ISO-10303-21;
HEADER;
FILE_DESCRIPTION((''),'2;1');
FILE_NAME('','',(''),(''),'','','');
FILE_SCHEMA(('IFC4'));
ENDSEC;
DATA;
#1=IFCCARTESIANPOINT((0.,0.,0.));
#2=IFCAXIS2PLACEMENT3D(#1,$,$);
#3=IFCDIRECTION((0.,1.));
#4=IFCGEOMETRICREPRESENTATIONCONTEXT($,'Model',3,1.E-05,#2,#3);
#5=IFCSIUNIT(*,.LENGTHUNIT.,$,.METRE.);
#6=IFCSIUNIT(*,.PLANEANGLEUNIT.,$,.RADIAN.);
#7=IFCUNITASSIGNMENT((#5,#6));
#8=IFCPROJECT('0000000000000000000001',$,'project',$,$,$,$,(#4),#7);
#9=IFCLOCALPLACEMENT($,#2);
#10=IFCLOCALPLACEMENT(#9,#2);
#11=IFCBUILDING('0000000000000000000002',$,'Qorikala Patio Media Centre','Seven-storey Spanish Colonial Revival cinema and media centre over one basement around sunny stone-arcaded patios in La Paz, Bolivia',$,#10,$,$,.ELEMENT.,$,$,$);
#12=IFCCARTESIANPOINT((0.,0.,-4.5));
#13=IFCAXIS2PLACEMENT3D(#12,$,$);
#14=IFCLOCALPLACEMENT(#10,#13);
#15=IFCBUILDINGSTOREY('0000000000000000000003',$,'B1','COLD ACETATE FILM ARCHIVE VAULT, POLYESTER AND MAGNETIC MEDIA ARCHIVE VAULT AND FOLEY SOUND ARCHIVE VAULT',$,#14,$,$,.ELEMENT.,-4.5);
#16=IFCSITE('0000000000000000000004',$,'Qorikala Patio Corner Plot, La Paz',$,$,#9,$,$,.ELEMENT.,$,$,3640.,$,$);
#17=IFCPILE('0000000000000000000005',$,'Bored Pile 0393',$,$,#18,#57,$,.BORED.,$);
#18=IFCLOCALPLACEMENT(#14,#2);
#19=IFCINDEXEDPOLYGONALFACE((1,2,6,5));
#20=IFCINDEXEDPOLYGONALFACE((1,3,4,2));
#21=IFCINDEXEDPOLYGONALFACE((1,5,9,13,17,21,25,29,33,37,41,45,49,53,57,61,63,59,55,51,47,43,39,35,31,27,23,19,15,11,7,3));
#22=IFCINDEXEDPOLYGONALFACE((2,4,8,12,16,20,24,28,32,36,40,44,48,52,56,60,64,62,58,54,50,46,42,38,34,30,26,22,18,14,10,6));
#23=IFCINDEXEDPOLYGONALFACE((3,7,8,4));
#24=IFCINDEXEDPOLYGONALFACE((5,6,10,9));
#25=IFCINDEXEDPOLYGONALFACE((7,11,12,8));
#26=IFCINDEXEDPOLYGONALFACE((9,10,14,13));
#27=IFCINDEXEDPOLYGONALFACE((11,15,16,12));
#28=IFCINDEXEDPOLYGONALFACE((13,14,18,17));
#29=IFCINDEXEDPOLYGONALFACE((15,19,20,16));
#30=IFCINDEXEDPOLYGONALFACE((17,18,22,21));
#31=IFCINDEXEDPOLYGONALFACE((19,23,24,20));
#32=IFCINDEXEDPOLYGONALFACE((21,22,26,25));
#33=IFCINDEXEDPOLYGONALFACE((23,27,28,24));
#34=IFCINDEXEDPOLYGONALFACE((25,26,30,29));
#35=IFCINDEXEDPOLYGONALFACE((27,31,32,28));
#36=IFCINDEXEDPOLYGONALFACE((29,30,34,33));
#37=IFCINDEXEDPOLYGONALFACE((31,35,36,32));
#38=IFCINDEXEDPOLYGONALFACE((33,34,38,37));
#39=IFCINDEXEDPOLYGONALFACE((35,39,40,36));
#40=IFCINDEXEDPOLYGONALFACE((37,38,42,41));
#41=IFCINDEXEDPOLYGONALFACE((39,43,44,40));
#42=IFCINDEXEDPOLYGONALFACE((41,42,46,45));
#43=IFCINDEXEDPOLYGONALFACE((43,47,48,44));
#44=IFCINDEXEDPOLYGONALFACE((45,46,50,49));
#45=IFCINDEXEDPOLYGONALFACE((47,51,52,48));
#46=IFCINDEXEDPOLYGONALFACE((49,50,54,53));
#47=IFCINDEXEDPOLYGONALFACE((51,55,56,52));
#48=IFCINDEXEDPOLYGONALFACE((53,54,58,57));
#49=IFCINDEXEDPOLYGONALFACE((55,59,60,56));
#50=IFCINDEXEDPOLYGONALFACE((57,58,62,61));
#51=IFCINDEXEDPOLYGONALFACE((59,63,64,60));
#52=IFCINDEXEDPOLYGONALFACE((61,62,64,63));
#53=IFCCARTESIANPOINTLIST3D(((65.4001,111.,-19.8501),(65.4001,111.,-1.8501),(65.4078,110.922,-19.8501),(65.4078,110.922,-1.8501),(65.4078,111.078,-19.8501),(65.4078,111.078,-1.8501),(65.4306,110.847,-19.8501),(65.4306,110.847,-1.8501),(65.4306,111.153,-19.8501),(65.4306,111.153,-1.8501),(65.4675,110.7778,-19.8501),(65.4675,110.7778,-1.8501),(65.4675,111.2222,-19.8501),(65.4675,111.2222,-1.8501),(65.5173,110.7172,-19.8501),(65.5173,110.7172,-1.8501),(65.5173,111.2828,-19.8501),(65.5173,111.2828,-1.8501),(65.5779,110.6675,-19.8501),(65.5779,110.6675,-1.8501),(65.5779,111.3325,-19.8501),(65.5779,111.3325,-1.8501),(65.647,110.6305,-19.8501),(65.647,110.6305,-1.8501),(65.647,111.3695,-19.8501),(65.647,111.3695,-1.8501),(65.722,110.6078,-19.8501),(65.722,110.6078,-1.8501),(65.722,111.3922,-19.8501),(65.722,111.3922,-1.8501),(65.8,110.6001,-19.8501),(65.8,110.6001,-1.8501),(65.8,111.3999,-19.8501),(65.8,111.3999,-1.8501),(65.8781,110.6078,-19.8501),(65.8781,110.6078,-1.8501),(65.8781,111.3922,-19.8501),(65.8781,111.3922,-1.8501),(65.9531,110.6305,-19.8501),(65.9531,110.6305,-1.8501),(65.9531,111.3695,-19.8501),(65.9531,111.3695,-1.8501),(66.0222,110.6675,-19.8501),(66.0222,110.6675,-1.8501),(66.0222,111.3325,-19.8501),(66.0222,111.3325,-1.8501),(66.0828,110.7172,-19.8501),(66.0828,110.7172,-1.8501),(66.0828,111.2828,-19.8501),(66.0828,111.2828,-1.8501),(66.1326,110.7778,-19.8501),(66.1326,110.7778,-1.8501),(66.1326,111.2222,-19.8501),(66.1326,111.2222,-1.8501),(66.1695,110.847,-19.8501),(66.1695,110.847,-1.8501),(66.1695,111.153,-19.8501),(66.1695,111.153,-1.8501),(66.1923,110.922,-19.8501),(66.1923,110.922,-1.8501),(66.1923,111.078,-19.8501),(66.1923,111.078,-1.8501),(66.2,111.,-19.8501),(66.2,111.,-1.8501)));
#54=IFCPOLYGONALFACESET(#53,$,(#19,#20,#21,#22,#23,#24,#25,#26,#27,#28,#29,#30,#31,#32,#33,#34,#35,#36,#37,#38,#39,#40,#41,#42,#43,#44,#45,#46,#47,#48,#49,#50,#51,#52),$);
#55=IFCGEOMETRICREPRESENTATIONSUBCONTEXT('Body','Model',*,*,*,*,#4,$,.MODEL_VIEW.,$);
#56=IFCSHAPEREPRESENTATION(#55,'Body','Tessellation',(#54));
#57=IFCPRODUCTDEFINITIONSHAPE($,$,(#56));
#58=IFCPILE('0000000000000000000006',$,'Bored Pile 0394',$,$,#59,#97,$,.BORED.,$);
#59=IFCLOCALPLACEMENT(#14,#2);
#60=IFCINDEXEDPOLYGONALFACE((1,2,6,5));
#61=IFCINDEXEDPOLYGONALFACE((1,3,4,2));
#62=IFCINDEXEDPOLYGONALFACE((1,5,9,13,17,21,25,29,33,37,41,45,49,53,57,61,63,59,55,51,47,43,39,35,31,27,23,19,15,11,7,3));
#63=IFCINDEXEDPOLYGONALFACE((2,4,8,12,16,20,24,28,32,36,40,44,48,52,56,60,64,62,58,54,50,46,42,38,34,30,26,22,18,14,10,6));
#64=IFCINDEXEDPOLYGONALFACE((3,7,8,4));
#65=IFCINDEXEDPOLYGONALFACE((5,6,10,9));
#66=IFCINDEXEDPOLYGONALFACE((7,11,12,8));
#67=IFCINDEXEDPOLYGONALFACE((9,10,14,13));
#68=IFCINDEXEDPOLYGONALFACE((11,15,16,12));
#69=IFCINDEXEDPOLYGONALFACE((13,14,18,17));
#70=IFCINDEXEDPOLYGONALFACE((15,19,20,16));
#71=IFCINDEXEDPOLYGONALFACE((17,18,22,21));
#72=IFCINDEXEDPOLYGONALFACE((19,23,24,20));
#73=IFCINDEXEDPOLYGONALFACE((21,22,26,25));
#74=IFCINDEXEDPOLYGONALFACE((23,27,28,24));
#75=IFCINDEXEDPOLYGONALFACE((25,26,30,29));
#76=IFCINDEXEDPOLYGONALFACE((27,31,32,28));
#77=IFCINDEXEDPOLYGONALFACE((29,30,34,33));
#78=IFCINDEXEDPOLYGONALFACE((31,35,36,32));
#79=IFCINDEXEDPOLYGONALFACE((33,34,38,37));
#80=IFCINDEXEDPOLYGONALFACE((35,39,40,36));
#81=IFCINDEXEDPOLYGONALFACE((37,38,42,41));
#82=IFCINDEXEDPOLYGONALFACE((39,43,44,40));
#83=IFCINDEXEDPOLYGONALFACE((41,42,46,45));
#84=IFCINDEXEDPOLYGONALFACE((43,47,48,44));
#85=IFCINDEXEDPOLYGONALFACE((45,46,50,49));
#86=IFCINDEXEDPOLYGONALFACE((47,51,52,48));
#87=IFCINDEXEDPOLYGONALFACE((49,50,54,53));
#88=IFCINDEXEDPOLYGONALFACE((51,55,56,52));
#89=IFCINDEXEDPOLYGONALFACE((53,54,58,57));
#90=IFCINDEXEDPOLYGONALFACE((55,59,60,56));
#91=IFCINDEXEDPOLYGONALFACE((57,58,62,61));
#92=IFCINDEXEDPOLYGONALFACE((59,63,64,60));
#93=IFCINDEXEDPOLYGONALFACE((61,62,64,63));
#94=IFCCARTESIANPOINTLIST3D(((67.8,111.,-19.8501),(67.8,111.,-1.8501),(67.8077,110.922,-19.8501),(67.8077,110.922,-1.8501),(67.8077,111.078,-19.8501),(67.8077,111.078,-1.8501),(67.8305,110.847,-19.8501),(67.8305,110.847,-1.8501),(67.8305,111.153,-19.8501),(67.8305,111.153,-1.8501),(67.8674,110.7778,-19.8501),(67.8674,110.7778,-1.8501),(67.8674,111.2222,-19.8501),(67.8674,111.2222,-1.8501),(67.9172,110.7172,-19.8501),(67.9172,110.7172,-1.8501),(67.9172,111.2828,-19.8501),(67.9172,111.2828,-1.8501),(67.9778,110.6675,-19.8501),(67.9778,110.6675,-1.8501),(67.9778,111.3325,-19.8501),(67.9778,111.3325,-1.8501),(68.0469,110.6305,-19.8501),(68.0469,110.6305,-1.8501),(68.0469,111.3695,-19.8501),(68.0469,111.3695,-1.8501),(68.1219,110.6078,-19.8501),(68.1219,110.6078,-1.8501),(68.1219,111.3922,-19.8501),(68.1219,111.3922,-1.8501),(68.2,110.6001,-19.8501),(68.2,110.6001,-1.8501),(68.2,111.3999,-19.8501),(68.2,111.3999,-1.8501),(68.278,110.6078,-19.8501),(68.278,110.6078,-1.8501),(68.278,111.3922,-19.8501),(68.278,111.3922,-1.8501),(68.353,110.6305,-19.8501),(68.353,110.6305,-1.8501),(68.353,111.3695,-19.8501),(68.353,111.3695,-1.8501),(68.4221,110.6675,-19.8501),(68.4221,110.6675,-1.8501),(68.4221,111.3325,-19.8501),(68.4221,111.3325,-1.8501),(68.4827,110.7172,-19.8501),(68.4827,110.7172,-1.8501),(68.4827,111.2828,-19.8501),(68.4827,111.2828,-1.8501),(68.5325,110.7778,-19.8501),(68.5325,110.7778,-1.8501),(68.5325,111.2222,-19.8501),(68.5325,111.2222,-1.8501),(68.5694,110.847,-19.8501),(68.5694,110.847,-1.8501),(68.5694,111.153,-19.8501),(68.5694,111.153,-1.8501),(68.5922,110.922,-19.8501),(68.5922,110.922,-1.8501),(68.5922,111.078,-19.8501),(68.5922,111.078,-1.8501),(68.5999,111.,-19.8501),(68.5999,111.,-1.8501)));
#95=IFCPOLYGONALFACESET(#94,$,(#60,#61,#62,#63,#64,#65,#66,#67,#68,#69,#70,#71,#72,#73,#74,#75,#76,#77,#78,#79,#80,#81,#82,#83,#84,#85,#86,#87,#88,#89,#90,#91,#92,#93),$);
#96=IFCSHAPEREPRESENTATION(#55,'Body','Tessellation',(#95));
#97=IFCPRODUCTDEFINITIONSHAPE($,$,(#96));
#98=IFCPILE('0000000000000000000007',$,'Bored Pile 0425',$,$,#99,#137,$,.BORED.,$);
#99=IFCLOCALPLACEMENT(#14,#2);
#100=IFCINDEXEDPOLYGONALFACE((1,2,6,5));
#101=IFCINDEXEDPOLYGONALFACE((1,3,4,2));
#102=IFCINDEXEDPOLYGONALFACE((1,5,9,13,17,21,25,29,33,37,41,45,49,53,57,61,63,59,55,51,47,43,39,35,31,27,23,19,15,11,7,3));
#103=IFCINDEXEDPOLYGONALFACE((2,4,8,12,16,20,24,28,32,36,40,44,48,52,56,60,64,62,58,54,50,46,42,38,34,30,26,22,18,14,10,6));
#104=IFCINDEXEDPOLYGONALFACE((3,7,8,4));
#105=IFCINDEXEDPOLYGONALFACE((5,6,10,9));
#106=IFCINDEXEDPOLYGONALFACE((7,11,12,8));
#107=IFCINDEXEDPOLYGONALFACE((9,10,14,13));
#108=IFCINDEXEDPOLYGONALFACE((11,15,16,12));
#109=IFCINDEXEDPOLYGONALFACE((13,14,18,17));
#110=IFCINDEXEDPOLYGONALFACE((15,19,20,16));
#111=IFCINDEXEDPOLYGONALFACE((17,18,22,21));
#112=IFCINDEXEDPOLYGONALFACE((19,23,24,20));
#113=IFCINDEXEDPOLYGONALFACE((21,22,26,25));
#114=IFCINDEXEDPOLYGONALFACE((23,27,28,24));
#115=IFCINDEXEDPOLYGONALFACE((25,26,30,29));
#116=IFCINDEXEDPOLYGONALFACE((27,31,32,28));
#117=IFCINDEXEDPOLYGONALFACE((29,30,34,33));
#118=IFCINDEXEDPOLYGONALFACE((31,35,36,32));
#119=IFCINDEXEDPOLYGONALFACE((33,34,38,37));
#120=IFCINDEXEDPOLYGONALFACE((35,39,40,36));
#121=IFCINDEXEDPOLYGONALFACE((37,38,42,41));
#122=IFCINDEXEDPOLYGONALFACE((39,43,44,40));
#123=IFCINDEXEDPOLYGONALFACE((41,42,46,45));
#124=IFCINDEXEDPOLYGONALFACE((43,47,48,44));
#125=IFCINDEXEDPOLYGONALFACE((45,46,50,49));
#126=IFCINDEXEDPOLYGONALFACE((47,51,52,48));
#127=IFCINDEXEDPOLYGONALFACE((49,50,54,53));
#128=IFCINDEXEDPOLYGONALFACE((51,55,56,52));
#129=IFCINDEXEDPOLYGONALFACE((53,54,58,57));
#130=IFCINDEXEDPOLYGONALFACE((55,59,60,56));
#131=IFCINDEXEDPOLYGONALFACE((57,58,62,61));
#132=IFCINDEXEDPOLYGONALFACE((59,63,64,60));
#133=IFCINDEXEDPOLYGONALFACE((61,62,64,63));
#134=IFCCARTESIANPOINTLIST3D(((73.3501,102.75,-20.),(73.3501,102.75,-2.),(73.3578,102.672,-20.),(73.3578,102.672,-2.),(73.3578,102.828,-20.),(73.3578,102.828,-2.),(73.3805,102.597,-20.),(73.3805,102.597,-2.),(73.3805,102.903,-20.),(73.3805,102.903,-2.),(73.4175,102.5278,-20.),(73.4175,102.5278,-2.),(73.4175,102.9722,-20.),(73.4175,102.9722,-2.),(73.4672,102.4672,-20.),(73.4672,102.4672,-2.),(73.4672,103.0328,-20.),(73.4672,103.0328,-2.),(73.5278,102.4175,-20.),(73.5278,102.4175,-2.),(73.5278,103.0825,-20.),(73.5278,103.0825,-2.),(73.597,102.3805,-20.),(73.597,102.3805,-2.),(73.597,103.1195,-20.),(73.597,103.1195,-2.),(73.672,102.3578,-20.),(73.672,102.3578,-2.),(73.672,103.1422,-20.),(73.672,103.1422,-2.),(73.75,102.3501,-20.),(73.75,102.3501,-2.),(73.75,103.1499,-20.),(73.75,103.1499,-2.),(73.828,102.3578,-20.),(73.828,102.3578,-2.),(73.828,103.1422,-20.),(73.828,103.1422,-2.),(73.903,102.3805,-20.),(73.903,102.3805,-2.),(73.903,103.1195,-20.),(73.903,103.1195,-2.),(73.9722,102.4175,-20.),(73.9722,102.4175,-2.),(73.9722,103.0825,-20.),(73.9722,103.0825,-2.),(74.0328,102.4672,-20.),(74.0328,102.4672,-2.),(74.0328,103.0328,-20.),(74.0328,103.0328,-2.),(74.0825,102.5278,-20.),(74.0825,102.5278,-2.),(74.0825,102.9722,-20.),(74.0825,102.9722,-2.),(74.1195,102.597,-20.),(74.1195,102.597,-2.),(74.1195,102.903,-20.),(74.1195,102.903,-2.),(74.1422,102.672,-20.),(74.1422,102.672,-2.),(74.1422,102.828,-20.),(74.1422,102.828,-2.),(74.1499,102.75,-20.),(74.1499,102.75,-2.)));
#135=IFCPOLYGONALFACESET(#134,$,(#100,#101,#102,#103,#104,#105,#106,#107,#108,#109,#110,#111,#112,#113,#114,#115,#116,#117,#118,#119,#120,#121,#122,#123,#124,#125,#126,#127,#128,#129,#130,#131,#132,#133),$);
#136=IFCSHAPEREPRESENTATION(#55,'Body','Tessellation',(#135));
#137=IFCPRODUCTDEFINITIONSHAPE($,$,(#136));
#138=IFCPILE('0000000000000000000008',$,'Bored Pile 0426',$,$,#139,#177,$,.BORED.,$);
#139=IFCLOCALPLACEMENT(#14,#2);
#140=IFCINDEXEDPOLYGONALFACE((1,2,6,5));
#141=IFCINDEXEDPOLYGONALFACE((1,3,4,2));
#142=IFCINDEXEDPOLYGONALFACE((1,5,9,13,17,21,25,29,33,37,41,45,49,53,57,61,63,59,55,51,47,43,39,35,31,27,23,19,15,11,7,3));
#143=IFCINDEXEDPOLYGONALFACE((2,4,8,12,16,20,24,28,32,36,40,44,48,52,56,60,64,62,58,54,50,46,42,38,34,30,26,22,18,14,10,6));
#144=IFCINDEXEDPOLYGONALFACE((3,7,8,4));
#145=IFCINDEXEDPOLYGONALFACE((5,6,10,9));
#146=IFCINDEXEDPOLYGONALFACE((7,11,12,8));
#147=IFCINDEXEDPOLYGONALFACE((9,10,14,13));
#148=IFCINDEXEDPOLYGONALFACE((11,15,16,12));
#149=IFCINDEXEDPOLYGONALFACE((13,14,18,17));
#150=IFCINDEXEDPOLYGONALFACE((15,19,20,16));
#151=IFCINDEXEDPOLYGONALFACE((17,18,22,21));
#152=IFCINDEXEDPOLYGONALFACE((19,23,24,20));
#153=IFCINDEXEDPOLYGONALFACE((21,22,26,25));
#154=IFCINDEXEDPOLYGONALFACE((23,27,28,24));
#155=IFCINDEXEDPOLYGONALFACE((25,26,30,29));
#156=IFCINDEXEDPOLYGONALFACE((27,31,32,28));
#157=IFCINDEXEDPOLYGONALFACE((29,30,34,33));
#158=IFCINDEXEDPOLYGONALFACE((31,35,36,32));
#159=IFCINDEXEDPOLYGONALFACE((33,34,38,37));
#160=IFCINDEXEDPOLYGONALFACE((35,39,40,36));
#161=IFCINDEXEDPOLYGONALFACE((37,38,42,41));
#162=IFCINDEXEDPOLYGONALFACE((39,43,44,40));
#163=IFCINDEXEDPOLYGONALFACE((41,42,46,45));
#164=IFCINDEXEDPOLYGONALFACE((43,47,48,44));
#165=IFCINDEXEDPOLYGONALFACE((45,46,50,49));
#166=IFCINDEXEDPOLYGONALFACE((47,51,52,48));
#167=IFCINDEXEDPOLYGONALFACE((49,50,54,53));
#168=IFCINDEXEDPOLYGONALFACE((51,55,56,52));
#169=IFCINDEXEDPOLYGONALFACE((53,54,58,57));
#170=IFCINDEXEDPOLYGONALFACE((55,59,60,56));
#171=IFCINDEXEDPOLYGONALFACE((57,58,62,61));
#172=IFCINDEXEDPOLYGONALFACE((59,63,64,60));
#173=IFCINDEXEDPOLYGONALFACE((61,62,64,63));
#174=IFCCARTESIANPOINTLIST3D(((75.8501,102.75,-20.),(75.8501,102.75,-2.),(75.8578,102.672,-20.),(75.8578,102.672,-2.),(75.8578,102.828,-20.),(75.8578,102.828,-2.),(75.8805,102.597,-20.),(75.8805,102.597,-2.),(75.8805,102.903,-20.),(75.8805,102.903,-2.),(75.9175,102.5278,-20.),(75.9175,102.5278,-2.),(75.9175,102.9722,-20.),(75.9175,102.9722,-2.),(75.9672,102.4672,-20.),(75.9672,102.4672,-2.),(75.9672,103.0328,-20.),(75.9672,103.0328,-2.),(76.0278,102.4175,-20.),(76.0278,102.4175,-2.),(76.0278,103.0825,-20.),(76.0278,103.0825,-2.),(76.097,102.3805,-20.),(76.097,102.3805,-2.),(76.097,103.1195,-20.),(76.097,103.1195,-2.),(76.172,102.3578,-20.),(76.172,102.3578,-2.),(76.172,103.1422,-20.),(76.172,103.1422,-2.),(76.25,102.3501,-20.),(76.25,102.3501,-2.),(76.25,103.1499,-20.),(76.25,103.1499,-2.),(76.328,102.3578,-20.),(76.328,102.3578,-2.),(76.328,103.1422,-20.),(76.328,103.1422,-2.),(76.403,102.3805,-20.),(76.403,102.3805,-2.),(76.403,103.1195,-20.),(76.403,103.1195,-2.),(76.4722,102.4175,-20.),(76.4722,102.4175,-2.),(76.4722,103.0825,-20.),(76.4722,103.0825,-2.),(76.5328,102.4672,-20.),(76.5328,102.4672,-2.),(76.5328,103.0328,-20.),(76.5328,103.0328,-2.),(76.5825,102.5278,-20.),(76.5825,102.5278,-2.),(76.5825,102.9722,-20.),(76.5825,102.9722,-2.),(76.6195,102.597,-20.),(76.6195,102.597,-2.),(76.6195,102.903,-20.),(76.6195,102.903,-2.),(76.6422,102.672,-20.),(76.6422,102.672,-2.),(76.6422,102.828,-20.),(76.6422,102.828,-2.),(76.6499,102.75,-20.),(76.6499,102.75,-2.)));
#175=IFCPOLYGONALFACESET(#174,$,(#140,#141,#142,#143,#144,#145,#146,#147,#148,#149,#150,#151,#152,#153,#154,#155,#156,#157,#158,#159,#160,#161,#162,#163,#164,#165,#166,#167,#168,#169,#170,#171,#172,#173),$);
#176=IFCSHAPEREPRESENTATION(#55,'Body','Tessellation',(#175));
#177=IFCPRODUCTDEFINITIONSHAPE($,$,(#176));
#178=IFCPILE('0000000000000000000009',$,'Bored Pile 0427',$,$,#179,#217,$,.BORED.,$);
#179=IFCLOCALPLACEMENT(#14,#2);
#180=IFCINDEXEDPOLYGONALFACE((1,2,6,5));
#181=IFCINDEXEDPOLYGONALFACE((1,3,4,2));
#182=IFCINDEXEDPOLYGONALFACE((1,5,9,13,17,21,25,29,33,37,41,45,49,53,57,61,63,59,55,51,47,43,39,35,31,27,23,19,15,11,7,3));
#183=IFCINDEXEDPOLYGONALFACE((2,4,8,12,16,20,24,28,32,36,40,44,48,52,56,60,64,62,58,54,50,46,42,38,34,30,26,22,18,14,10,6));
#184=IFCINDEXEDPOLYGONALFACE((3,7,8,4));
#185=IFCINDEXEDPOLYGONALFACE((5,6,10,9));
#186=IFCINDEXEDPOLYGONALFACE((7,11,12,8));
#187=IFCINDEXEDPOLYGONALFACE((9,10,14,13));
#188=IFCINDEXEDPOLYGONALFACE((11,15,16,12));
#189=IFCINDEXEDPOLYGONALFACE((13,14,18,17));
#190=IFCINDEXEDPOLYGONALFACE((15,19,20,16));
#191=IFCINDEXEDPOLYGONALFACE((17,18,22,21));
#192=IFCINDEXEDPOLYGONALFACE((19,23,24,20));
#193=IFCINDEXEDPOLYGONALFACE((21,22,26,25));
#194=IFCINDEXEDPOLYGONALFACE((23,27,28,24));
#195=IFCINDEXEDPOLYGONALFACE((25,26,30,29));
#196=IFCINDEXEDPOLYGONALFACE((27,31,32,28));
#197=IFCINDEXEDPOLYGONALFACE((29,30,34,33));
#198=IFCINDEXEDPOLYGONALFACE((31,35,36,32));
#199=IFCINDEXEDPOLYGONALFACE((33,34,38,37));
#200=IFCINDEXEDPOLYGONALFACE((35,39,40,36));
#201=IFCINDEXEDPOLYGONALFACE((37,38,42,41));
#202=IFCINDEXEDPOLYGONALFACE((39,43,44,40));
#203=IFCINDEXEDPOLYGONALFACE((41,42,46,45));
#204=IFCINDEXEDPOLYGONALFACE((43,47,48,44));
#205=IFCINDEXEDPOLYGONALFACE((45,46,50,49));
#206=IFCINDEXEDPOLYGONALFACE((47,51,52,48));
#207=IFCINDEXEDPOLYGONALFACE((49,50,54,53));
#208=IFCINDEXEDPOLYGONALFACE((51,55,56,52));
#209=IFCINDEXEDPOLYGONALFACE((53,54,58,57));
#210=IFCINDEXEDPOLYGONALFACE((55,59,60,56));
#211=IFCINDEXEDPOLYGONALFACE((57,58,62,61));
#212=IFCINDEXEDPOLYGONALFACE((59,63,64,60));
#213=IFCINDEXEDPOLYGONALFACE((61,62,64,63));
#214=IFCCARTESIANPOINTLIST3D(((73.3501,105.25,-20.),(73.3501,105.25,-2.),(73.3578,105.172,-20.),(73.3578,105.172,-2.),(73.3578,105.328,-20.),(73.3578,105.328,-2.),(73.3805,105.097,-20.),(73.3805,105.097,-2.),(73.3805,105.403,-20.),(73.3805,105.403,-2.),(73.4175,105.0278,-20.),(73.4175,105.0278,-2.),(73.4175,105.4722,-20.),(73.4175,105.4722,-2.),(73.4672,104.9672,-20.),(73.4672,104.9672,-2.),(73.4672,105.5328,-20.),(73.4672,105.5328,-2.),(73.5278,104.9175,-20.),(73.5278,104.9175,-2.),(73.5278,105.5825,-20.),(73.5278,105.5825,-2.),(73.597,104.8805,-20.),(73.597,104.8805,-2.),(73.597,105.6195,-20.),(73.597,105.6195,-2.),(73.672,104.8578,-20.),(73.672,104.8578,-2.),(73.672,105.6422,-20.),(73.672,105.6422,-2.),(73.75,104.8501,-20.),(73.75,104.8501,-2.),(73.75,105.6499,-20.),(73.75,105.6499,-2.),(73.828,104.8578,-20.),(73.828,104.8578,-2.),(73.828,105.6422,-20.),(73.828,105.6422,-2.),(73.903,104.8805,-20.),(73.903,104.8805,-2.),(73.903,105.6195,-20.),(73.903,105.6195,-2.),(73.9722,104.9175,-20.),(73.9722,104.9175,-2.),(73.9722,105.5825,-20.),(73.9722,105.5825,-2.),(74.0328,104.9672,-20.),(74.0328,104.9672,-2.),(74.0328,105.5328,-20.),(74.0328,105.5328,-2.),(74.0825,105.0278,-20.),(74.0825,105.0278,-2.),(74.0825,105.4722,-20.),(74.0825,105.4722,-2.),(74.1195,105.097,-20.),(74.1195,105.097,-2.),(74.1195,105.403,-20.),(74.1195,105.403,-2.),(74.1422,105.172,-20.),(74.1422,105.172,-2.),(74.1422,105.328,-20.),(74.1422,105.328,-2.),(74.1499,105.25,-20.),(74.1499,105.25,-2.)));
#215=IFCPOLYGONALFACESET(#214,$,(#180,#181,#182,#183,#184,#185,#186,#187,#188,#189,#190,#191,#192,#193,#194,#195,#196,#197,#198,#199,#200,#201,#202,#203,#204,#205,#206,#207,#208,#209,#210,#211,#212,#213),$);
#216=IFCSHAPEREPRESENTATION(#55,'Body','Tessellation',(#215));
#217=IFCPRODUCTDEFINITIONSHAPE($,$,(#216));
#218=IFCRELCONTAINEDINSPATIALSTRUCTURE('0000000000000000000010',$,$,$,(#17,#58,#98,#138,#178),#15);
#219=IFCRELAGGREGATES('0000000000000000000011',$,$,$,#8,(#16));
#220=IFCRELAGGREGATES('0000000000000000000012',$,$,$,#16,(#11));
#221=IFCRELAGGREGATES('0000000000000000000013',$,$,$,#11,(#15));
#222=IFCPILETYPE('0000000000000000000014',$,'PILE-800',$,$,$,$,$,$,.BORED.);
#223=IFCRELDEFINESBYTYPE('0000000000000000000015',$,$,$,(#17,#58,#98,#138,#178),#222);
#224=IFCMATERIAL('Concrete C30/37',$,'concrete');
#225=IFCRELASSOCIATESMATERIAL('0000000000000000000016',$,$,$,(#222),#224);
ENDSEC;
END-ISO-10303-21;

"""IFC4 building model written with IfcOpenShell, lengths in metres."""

from ifc_helpers import new_model, si_unit, direction, frame, origin, origin_2d, place, context, subcontext, project, spatial, circle, extrude, material, material_profile, profile_set, type_object, element, save


model = new_model("IFC4")

# Units and contexts
model_context = context("Model", 3, precision=1e-05, world=origin(), true_north=direction((0.0, 1.0)))
body_context = subcontext(model_context, "Body", "Model", "MODEL_VIEW")
ifc_project = project(units=[si_unit("LENGTHUNIT", "METRE"), si_unit("PLANEANGLEUNIT", "RADIAN")], contexts=[model_context])

# Site, building, storey
site_placement = place(None, origin())
site = spatial("IfcSite", under=ifc_project, at=site_placement, Name="Qorikala Patio Corner Plot, La Paz", CompositionType="ELEMENT", RefElevation=3640.0)
building_placement = place(site_placement, origin())
building = spatial("IfcBuilding", under=site, at=building_placement, Name="Qorikala Patio Media Centre", Description="Seven-storey Spanish Colonial Revival cinema and media centre over one basement around sunny stone-arcaded patios in La Paz, Bolivia", CompositionType="ELEMENT")
storey_placement = place(building_placement, frame((0.0, 0.0, -4.5)))
storey = spatial("IfcBuildingStorey", under=building, at=storey_placement, Name="B1", Description="COLD ACETATE FILM ARCHIVE VAULT, POLYESTER AND MAGNETIC MEDIA ARCHIVE VAULT AND FOLEY SOUND ARCHIVE VAULT", CompositionType="ELEMENT", Elevation=-4.5)

# Shared definitions
ifc_material_1 = material(Name="Concrete C30/37", Category="concrete")

# Piles
ifc_material_profile_1 = material_profile(ifc_material_1, circle(Radius=0.3999, at=origin_2d()), Name="BORED PILE 800")
ifc_profile_set_1 = profile_set([ifc_material_profile_1], Name="Concrete C30/37")
pile_type_1 = type_object("IfcPileType", Name="PILE-800", PredefinedType="BORED", material=ifc_profile_set_1)
for number, where, z_axis, x_axis, name in (
    (1, (65.8, 111.0, -1.8501), (0.0, 0.0, -1.0), (1.0, 0.0, 0.0), "Bored Pile 0393"),
    (2, (68.2, 111.0, -1.8501), (0.0, 0.0, -1.0), (1.0, 0.0, 0.0), "Bored Pile 0394"),
    (3, (73.75, 102.75, -2.0), (0.0, 0.0, -1.0), (1.0, 0.0, 0.0), "Bored Pile 0425"),
    (4, (76.25, 102.75, -2.0), (0.0, 0.0, -1.0), (1.0, 0.0, 0.0), "Bored Pile 0426"),
    (5, (73.75, 105.25, -2.0), (0.0, 0.0, -1.0), (1.0, 0.0, 0.0), "Bored Pile 0427"),
):
    element("IfcPile", number, at=place(storey_placement, frame(where, z_axis=z_axis, x_axis=x_axis)), inside=storey, type_object=pile_type_1, Name=name, PredefinedType="BORED", context=body_context, shape_type="SweptSolid", body=[
        extrude(circle(Radius=0.3999, at=origin_2d()), origin(), (0.0, 0.0, 1.0), 18.0),
    ])

save(model, "model.ifc")
